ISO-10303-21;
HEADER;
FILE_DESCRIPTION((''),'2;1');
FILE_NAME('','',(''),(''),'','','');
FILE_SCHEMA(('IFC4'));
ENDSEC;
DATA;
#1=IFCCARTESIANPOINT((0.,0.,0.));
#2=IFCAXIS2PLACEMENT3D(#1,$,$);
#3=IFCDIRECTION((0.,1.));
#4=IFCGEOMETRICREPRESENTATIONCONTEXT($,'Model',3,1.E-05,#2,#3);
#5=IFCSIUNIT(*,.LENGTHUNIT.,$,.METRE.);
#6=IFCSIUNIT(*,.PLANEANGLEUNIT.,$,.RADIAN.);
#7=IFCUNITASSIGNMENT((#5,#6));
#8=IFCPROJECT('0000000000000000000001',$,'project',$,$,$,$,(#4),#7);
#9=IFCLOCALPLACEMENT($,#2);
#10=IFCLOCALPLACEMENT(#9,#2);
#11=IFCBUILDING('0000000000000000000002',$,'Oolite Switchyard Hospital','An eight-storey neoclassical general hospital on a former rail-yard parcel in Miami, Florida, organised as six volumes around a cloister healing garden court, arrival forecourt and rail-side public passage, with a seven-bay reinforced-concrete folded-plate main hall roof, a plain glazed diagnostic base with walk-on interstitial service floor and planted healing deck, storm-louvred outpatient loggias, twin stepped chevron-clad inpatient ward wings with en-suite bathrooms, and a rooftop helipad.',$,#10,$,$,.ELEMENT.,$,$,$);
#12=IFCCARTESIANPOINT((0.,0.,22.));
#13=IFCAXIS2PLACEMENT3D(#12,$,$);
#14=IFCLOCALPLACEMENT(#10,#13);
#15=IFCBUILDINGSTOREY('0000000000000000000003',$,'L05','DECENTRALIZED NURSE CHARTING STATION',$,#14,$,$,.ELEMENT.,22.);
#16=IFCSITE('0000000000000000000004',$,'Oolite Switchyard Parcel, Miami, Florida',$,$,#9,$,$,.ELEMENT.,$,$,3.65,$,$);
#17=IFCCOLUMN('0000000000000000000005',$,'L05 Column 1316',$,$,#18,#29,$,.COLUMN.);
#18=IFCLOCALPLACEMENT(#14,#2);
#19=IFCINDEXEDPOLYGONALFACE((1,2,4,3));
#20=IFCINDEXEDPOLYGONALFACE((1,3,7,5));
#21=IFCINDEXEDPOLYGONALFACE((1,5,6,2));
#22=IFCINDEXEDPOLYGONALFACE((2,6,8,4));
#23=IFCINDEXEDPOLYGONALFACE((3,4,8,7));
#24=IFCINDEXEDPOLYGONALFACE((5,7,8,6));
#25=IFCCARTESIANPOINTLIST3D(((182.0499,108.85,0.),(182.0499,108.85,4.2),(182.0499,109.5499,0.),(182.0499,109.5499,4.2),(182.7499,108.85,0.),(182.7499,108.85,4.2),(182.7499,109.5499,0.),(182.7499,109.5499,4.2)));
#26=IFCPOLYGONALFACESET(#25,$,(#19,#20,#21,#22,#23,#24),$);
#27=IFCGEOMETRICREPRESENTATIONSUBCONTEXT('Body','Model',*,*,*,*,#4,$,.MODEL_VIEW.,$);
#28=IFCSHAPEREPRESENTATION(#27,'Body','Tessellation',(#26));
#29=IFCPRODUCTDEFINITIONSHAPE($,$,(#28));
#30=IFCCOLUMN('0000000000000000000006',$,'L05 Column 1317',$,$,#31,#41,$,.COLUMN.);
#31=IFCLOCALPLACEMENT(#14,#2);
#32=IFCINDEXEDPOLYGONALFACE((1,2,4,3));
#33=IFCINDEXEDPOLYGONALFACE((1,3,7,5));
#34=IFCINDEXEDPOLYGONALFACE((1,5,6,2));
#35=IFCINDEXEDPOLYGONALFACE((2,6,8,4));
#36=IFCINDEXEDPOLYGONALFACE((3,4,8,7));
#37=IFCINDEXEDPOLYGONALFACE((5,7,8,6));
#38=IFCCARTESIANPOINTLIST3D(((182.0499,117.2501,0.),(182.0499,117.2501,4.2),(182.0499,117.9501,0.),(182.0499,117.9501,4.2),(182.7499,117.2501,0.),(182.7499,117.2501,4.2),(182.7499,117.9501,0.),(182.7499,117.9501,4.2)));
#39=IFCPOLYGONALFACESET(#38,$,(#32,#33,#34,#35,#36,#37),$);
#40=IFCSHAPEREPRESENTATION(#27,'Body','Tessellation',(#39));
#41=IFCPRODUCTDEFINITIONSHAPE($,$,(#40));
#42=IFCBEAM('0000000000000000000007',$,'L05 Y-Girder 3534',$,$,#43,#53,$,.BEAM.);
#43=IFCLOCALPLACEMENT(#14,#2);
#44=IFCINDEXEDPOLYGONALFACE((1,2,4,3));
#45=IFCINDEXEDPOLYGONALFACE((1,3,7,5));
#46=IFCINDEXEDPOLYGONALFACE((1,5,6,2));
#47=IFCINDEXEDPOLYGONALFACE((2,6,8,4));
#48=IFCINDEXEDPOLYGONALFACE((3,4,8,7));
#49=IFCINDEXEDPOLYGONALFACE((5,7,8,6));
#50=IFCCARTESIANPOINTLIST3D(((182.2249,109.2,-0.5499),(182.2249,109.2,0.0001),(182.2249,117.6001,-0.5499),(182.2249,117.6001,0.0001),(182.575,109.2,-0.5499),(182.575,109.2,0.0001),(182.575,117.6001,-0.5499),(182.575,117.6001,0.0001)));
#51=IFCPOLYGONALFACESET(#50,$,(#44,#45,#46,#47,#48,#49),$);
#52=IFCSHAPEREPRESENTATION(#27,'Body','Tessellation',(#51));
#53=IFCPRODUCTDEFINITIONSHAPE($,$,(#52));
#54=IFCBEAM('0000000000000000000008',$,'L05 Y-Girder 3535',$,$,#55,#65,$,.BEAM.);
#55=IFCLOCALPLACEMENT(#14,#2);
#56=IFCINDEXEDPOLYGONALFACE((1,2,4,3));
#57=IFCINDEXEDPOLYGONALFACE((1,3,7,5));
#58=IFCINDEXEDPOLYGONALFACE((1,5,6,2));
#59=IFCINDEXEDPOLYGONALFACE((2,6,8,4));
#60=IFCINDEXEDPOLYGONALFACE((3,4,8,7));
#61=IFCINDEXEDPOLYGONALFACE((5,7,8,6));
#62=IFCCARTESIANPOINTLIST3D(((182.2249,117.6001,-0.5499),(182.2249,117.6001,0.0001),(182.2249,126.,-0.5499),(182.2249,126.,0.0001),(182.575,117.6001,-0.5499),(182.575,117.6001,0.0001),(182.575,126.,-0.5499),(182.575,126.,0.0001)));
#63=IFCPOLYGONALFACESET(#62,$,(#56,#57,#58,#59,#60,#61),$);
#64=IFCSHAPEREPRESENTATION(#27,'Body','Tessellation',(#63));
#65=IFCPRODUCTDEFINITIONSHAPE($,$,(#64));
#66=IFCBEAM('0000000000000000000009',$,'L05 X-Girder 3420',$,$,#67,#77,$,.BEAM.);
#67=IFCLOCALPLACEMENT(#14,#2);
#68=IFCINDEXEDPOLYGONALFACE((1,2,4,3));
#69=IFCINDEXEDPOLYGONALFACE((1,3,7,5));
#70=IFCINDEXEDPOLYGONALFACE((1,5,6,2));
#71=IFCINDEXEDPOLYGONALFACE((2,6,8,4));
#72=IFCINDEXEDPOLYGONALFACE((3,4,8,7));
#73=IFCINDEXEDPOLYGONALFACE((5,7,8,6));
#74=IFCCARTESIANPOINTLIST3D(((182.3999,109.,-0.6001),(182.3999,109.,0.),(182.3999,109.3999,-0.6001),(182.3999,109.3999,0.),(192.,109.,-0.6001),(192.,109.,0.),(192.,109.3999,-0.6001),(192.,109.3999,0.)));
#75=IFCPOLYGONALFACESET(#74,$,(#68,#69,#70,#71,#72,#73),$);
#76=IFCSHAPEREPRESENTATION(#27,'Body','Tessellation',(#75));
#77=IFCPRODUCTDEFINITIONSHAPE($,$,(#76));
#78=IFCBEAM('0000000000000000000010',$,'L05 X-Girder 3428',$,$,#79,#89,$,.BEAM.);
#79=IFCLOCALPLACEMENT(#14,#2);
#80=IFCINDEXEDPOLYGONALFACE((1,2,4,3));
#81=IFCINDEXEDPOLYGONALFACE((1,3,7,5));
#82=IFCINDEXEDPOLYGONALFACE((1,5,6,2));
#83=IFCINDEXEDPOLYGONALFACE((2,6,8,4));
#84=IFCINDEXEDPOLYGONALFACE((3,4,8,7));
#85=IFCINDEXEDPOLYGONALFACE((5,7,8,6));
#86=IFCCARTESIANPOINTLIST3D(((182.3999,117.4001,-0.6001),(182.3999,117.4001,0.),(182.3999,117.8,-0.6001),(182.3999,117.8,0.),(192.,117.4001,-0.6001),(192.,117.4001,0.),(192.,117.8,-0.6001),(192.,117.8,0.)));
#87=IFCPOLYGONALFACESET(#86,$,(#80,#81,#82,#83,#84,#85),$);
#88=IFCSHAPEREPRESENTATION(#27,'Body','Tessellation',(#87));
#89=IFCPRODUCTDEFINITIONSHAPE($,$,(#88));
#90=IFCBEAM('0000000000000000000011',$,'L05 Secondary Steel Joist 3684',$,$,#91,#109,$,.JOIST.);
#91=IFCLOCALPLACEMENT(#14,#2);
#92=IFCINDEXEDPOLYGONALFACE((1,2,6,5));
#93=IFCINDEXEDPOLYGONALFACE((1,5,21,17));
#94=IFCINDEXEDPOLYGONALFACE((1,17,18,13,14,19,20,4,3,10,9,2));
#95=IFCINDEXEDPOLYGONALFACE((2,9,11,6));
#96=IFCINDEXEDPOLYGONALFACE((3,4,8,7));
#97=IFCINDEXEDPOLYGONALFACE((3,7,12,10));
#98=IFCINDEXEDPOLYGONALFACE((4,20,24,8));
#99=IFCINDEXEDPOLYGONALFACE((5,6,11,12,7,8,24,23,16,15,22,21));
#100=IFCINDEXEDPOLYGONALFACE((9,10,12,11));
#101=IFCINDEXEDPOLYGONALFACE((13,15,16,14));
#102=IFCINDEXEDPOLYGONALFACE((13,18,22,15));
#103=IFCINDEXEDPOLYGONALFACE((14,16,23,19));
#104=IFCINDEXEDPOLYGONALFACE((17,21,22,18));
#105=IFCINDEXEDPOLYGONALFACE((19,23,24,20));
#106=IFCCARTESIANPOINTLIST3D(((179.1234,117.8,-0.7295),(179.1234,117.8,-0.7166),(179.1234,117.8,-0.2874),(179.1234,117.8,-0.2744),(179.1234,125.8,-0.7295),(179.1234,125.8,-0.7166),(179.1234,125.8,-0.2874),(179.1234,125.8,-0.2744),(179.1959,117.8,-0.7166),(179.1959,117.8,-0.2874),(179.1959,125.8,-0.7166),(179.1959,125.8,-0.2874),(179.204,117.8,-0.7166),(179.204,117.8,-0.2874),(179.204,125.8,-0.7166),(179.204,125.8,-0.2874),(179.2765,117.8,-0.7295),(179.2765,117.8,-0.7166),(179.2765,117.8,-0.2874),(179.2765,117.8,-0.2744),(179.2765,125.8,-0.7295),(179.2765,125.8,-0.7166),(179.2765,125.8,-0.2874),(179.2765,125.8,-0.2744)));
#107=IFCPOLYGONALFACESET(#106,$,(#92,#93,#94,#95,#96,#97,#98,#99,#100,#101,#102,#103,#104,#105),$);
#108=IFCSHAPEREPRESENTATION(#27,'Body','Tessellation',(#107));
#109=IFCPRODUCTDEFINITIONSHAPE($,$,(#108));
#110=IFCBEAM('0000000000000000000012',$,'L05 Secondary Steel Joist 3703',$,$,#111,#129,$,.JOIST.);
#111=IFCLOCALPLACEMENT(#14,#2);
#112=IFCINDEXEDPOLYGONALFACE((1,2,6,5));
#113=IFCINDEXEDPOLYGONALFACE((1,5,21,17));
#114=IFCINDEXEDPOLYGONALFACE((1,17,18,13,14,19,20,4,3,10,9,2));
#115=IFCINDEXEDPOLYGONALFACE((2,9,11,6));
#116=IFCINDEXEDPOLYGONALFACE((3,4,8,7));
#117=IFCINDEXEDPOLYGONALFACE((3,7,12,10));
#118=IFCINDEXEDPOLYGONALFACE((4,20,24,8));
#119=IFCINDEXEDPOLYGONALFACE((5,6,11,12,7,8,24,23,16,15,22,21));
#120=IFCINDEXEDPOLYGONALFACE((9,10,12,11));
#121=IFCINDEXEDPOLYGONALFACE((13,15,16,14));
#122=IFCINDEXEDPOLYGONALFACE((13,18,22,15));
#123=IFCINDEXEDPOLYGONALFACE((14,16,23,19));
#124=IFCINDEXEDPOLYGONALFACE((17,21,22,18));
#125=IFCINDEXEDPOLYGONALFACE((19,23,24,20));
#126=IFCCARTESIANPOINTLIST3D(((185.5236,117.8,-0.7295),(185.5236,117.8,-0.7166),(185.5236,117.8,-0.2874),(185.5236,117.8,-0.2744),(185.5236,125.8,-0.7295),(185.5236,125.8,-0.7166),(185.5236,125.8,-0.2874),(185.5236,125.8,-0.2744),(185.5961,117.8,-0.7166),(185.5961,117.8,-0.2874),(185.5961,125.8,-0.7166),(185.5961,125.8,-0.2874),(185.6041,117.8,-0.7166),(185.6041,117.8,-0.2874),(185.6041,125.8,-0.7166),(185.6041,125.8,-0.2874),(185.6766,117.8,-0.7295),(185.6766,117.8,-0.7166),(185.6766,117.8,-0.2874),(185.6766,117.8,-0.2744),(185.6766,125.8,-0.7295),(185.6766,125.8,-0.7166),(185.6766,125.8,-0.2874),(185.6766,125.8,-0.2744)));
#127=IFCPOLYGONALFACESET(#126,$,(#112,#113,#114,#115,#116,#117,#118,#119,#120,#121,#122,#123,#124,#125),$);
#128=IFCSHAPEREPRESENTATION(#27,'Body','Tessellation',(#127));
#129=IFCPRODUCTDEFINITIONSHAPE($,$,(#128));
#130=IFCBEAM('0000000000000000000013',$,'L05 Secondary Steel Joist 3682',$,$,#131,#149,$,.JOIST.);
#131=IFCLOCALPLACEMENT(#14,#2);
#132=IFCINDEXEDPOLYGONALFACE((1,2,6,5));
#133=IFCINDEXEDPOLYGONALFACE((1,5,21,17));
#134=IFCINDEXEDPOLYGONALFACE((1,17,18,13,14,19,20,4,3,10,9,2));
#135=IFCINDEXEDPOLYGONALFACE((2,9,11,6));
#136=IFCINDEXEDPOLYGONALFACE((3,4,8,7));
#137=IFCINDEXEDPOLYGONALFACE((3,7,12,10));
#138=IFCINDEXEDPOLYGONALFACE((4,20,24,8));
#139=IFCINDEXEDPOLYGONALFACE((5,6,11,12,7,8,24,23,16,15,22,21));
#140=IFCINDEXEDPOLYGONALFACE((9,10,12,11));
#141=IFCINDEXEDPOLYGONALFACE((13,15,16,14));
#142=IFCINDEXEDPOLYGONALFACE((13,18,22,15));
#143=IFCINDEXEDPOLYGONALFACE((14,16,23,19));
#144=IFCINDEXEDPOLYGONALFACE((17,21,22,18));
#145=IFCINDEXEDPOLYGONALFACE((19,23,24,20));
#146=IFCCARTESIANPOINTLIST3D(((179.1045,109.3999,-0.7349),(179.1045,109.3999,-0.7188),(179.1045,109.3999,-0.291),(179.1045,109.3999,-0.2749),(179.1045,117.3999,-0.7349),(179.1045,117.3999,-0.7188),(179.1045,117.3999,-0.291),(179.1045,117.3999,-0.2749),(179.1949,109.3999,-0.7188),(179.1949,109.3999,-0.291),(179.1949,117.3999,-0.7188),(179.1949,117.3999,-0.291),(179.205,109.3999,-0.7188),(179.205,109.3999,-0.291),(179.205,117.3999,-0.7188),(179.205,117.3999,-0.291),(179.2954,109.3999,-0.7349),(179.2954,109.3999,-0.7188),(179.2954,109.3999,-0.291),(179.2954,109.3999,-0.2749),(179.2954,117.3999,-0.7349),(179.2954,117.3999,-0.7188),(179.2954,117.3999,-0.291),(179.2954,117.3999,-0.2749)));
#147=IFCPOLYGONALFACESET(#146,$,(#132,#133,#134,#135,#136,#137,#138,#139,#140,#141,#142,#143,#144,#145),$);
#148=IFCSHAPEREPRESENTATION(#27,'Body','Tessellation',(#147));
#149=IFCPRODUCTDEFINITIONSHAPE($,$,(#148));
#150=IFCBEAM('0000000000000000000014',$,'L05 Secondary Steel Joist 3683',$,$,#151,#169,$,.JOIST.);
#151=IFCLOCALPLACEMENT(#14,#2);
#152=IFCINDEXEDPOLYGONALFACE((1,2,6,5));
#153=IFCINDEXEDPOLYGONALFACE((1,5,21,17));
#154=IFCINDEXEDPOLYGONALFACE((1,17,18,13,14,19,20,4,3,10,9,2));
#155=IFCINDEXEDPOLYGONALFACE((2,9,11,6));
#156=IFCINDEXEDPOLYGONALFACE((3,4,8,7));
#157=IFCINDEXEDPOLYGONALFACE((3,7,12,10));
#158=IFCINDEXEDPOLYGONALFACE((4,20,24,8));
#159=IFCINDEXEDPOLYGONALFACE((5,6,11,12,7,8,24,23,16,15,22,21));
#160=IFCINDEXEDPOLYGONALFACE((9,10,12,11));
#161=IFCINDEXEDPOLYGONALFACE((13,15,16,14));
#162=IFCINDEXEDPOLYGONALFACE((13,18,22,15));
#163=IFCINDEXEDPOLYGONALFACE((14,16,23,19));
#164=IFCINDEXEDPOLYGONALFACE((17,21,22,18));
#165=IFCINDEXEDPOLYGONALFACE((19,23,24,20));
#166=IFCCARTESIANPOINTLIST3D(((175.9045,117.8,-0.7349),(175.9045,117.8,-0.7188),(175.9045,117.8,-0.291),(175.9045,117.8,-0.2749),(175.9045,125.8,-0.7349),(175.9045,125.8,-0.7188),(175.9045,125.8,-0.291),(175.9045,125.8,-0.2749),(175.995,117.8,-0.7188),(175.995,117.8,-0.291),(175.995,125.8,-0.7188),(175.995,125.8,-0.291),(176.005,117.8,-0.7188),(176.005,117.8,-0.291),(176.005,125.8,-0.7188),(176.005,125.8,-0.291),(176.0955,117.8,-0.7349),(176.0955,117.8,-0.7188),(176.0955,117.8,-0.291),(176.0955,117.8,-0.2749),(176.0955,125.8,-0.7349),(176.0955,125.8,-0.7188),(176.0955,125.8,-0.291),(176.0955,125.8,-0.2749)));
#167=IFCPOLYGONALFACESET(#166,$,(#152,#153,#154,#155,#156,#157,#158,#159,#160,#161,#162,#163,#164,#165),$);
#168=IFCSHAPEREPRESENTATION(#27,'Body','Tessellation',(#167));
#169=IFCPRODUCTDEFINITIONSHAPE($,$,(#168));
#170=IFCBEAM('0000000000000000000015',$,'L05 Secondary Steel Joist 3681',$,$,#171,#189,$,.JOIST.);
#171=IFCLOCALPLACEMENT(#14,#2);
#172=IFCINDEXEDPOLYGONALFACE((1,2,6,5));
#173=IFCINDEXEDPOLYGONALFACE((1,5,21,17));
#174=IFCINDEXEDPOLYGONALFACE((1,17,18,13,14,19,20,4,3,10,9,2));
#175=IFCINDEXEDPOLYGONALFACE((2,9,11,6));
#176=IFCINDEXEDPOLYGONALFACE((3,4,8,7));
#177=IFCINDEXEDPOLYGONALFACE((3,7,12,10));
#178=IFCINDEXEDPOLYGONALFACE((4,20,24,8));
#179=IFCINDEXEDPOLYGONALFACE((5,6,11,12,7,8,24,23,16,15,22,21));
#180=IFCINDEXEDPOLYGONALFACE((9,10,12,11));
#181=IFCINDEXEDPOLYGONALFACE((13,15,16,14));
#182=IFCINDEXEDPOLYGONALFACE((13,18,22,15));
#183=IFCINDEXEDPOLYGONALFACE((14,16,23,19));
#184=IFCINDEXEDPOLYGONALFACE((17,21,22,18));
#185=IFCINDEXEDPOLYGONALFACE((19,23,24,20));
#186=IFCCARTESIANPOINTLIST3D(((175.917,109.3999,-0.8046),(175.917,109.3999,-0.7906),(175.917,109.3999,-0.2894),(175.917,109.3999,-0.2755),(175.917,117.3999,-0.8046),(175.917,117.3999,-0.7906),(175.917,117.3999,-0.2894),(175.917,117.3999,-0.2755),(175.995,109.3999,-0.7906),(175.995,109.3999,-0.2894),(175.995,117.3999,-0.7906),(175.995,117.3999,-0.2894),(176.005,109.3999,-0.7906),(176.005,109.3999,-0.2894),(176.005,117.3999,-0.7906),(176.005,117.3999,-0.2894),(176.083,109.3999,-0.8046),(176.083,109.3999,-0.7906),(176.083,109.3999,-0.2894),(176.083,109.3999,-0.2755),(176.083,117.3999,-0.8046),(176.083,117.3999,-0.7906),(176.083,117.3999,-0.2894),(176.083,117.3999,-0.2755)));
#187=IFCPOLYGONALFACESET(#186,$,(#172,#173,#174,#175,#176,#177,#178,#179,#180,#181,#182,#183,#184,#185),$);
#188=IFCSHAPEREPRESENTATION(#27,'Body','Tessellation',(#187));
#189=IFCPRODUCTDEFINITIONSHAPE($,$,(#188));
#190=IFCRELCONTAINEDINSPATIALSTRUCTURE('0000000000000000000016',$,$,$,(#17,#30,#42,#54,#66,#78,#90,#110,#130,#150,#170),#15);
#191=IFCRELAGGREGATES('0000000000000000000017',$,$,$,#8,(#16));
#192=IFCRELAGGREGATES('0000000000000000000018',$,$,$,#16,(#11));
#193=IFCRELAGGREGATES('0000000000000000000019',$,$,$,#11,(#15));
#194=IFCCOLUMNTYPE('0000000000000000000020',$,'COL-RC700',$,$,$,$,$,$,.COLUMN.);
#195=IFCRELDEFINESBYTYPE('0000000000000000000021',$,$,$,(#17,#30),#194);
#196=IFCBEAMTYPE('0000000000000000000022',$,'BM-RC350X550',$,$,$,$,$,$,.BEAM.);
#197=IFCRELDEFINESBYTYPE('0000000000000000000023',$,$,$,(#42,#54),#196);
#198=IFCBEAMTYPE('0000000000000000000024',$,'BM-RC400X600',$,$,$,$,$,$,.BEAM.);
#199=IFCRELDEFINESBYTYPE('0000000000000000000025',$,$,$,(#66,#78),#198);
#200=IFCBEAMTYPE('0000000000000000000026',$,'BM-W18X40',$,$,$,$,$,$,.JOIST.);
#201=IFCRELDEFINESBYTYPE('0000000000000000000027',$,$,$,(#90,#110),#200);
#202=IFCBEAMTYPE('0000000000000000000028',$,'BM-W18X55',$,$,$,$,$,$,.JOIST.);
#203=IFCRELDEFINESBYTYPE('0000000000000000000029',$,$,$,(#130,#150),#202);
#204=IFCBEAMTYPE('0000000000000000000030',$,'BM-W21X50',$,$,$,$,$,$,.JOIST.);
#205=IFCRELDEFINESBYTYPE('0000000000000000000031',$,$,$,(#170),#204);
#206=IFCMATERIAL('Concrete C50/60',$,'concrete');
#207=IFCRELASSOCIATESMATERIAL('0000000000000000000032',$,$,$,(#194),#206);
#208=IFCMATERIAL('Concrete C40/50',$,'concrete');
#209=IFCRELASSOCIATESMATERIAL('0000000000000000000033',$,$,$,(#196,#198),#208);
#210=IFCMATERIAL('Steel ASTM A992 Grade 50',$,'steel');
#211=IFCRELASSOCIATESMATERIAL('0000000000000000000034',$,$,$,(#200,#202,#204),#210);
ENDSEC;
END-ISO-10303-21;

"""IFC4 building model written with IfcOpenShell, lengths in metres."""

from ifc_helpers import new_model, si_unit, direction, frame, origin, origin_2d, place, context, subcontext, project, spatial, rectangle, i_section, extrude, material, material_profile, profile_set, type_object, element, save


model = new_model("IFC4")

# Units and contexts
model_context = context("Model", 3, precision=1e-05, world=origin(), true_north=direction((0.0, 1.0)))
body_context = subcontext(model_context, "Body", "Model", "MODEL_VIEW")
ifc_project = project(units=[si_unit("LENGTHUNIT", "METRE"), si_unit("PLANEANGLEUNIT", "RADIAN")], contexts=[model_context])

# Site, building, storey
site_placement = place(None, origin())
site = spatial("IfcSite", under=ifc_project, at=site_placement, Name="Oolite Switchyard Parcel, Miami, Florida", CompositionType="ELEMENT", RefElevation=3.65)
building_placement = place(site_placement, origin())
building = spatial("IfcBuilding", under=site, at=building_placement, Name="Oolite Switchyard Hospital", Description="An eight-storey neoclassical general hospital on a former rail-yard parcel in Miami, Florida, organised as six volumes around a cloister healing garden court, arrival forecourt and rail-side public passage, with a seven-bay reinforced-concrete folded-plate main hall roof, a plain glazed diagnostic base with walk-on interstitial service floor and planted healing deck, storm-louvred outpatient loggias, twin stepped chevron-clad inpatient ward wings with en-suite bathrooms, and a rooftop helipad.", CompositionType="ELEMENT")
storey_placement = place(building_placement, frame((0.0, 0.0, 22.0)))
storey = spatial("IfcBuildingStorey", under=building, at=storey_placement, Name="L05", Description="DECENTRALIZED NURSE CHARTING STATION", CompositionType="ELEMENT", Elevation=22.0)

# Columns
ifc_material_1 = material(Name="Concrete C50/60", Category="concrete")
ifc_material_profile_1 = material_profile(ifc_material_1, rectangle(XDim=0.7, YDim=0.7, at=origin_2d()), Name="RC700X700")
ifc_profile_set_1 = profile_set([ifc_material_profile_1], Name="Concrete C50/60")
column_type = type_object("IfcColumnType", Name="COL-RC700", PredefinedType="COLUMN", material=ifc_profile_set_1)
for number, where, z_axis, x_axis, name in (
    (1, (182.3999, 109.2, 0.0), (0.0, 0.0, 1.0), (1.0, 0.0, 0.0), "L05 Column 1316"),
    (2, (182.3999, 117.6001, 0.0), (0.0, 0.0, 1.0), (1.0, 0.0, 0.0), "L05 Column 1317"),
):
    element("IfcColumn", number, at=place(storey_placement, frame(where, z_axis=z_axis, x_axis=x_axis)), inside=storey, type_object=column_type, Name=name, PredefinedType="COLUMN", context=body_context, shape_type="SweptSolid", body=[
        extrude(rectangle(XDim=0.7, YDim=0.7, at=origin_2d()), origin(), (0.0, 0.0, 1.0), 4.2),
    ])

# Beams
ifc_material_2 = material(Name="Concrete C40/50", Category="concrete")
ifc_material_profile_2 = material_profile(ifc_material_2, rectangle(XDim=0.3501, YDim=0.55, at=origin_2d()), Name="RCB350X550")
ifc_profile_set_2 = profile_set([ifc_material_profile_2], Name="Concrete C40/50")
beam_type_1 = type_object("IfcBeamType", Name="BM-RC350X550", PredefinedType="BEAM", material=ifc_profile_set_2)
beam_1_placement = place(storey_placement, frame((182.3999, 109.2, -0.2749), z_axis=(0.0, 1.0, 0.0), x_axis=(-1.0, 0.0, 0.0)))
element("IfcBeam", 3, at=beam_1_placement, inside=storey, type_object=beam_type_1, Name="L05 Y-Girder 3534", PredefinedType="BEAM", context=body_context, shape_type="SweptSolid", body=[
    extrude(rectangle(XDim=0.3501, YDim=0.55, at=origin_2d()), origin(), (0.0, 0.0, 1.0), 8.4001),
])
beam_2_placement = place(storey_placement, frame((182.3999, 117.6001, -0.2749), z_axis=(0.0, 1.0, 0.0), x_axis=(-1.0, 0.0, 0.0)))
element("IfcBeam", 4, at=beam_2_placement, inside=storey, type_object=beam_type_1, Name="L05 Y-Girder 3535", PredefinedType="BEAM", context=body_context, shape_type="SweptSolid", body=[
    extrude(rectangle(XDim=0.3501, YDim=0.55, at=origin_2d()), origin(), (0.0, 0.0, 1.0), 8.3999),
])
ifc_material_profile_3 = material_profile(ifc_material_2, rectangle(XDim=0.3999, YDim=0.6001, at=origin_2d()), Name="RCB400X600")
ifc_profile_set_3 = profile_set([ifc_material_profile_3], Name="Concrete C40/50")
beam_type_2 = type_object("IfcBeamType", Name="BM-RC400X600", PredefinedType="BEAM", material=ifc_profile_set_3)
for number, where, z_axis, x_axis, name in (
    (5, (182.3999, 109.2, -0.3), (1.0, 0.0, 0.0), (0.0, 1.0, 0.0), "L05 X-Girder 3420"),
    (6, (182.3999, 117.6001, -0.3), (1.0, 0.0, 0.0), (0.0, 1.0, 0.0), "L05 X-Girder 3428"),
):
    element("IfcBeam", number, at=place(storey_placement, frame(where, z_axis=z_axis, x_axis=x_axis)), inside=storey, type_object=beam_type_2, Name=name, PredefinedType="BEAM", context=body_context, shape_type="SweptSolid", body=[
        extrude(rectangle(XDim=0.3999, YDim=0.6001, at=origin_2d()), origin(), (0.0, 0.0, 1.0), 9.6001),
    ])
ifc_material_3 = material(Name="Steel ASTM A992 Grade 50", Category="steel")
ifc_material_profile_4 = material_profile(ifc_material_3, i_section(OverallWidth=0.1531, OverallDepth=0.4551, WebThickness=0.0081, FlangeThickness=0.0129, at=origin_2d()), Name="W18X40")
ifc_profile_set_4 = profile_set([ifc_material_profile_4], Name="Steel ASTM A992 Grade 50")
beam_type_3 = type_object("IfcBeamType", Name="BM-W18X40", PredefinedType="JOIST", material=ifc_profile_set_4)
for number, where, z_axis, x_axis, name in (
    (7, (179.2, 117.8, -0.502), (0.0, 1.0, 0.0), (-1.0, 0.0, 0.0), "L05 Secondary Steel Joist 3684"),
    (8, (185.6001, 117.8, -0.502), (0.0, 1.0, 0.0), (-1.0, 0.0, 0.0), "L05 Secondary Steel Joist 3703"),
):
    element("IfcBeam", number, at=place(storey_placement, frame(where, z_axis=z_axis, x_axis=x_axis)), inside=storey, type_object=beam_type_3, Name=name, PredefinedType="JOIST", context=body_context, shape_type="SweptSolid", body=[
        extrude(i_section(OverallWidth=0.1531, OverallDepth=0.4551, WebThickness=0.0081, FlangeThickness=0.0129, at=origin_2d()), origin(), (0.0, 0.0, 1.0), 8.0),
    ])
ifc_material_profile_5 = material_profile(ifc_material_3, i_section(OverallWidth=0.1909, OverallDepth=0.46, WebThickness=0.01, FlangeThickness=0.0161, at=origin_2d()), Name="W18X55")
ifc_profile_set_5 = profile_set([ifc_material_profile_5], Name="Steel ASTM A992 Grade 50")
beam_type_4 = type_object("IfcBeamType", Name="BM-W18X55", PredefinedType="JOIST", material=ifc_profile_set_5)
for number, where, z_axis, x_axis, name in (
    (9, (179.2, 109.3999, -0.5049), (0.0, 1.0, 0.0), (-1.0, 0.0, 0.0), "L05 Secondary Steel Joist 3682"),
    (10, (176.0, 117.8, -0.5049), (0.0, 1.0, 0.0), (-1.0, 0.0, 0.0), "L05 Secondary Steel Joist 3683"),
):
    element("IfcBeam", number, at=place(storey_placement, frame(where, z_axis=z_axis, x_axis=x_axis)), inside=storey, type_object=beam_type_4, Name=name, PredefinedType="JOIST", context=body_context, shape_type="SweptSolid", body=[
        extrude(i_section(OverallWidth=0.1909, OverallDepth=0.46, WebThickness=0.01, FlangeThickness=0.0161, at=origin_2d()), origin(), (0.0, 0.0, 1.0), 8.0),
    ])
ifc_material_profile_6 = material_profile(ifc_material_3, i_section(OverallWidth=0.166, OverallDepth=0.5291, WebThickness=0.01, FlangeThickness=0.0139, at=origin_2d()), Name="W21X50")
ifc_profile_set_6 = profile_set([ifc_material_profile_6], Name="Steel ASTM A992 Grade 50")
beam_type_5 = type_object("IfcBeamType", Name="BM-W21X50", PredefinedType="JOIST", material=ifc_profile_set_6)
beam_3_placement = place(storey_placement, frame((176.0, 109.3999, -0.54), z_axis=(0.0, 1.0, 0.0), x_axis=(-1.0, 0.0, 0.0)))
element("IfcBeam", 11, at=beam_3_placement, inside=storey, type_object=beam_type_5, Name="L05 Secondary Steel Joist 3681", PredefinedType="JOIST", context=body_context, shape_type="SweptSolid", body=[
    extrude(i_section(OverallWidth=0.166, OverallDepth=0.5291, WebThickness=0.01, FlangeThickness=0.0139, at=origin_2d()), origin(), (0.0, 0.0, 1.0), 8.0),
])

save(model, "model.ifc")
